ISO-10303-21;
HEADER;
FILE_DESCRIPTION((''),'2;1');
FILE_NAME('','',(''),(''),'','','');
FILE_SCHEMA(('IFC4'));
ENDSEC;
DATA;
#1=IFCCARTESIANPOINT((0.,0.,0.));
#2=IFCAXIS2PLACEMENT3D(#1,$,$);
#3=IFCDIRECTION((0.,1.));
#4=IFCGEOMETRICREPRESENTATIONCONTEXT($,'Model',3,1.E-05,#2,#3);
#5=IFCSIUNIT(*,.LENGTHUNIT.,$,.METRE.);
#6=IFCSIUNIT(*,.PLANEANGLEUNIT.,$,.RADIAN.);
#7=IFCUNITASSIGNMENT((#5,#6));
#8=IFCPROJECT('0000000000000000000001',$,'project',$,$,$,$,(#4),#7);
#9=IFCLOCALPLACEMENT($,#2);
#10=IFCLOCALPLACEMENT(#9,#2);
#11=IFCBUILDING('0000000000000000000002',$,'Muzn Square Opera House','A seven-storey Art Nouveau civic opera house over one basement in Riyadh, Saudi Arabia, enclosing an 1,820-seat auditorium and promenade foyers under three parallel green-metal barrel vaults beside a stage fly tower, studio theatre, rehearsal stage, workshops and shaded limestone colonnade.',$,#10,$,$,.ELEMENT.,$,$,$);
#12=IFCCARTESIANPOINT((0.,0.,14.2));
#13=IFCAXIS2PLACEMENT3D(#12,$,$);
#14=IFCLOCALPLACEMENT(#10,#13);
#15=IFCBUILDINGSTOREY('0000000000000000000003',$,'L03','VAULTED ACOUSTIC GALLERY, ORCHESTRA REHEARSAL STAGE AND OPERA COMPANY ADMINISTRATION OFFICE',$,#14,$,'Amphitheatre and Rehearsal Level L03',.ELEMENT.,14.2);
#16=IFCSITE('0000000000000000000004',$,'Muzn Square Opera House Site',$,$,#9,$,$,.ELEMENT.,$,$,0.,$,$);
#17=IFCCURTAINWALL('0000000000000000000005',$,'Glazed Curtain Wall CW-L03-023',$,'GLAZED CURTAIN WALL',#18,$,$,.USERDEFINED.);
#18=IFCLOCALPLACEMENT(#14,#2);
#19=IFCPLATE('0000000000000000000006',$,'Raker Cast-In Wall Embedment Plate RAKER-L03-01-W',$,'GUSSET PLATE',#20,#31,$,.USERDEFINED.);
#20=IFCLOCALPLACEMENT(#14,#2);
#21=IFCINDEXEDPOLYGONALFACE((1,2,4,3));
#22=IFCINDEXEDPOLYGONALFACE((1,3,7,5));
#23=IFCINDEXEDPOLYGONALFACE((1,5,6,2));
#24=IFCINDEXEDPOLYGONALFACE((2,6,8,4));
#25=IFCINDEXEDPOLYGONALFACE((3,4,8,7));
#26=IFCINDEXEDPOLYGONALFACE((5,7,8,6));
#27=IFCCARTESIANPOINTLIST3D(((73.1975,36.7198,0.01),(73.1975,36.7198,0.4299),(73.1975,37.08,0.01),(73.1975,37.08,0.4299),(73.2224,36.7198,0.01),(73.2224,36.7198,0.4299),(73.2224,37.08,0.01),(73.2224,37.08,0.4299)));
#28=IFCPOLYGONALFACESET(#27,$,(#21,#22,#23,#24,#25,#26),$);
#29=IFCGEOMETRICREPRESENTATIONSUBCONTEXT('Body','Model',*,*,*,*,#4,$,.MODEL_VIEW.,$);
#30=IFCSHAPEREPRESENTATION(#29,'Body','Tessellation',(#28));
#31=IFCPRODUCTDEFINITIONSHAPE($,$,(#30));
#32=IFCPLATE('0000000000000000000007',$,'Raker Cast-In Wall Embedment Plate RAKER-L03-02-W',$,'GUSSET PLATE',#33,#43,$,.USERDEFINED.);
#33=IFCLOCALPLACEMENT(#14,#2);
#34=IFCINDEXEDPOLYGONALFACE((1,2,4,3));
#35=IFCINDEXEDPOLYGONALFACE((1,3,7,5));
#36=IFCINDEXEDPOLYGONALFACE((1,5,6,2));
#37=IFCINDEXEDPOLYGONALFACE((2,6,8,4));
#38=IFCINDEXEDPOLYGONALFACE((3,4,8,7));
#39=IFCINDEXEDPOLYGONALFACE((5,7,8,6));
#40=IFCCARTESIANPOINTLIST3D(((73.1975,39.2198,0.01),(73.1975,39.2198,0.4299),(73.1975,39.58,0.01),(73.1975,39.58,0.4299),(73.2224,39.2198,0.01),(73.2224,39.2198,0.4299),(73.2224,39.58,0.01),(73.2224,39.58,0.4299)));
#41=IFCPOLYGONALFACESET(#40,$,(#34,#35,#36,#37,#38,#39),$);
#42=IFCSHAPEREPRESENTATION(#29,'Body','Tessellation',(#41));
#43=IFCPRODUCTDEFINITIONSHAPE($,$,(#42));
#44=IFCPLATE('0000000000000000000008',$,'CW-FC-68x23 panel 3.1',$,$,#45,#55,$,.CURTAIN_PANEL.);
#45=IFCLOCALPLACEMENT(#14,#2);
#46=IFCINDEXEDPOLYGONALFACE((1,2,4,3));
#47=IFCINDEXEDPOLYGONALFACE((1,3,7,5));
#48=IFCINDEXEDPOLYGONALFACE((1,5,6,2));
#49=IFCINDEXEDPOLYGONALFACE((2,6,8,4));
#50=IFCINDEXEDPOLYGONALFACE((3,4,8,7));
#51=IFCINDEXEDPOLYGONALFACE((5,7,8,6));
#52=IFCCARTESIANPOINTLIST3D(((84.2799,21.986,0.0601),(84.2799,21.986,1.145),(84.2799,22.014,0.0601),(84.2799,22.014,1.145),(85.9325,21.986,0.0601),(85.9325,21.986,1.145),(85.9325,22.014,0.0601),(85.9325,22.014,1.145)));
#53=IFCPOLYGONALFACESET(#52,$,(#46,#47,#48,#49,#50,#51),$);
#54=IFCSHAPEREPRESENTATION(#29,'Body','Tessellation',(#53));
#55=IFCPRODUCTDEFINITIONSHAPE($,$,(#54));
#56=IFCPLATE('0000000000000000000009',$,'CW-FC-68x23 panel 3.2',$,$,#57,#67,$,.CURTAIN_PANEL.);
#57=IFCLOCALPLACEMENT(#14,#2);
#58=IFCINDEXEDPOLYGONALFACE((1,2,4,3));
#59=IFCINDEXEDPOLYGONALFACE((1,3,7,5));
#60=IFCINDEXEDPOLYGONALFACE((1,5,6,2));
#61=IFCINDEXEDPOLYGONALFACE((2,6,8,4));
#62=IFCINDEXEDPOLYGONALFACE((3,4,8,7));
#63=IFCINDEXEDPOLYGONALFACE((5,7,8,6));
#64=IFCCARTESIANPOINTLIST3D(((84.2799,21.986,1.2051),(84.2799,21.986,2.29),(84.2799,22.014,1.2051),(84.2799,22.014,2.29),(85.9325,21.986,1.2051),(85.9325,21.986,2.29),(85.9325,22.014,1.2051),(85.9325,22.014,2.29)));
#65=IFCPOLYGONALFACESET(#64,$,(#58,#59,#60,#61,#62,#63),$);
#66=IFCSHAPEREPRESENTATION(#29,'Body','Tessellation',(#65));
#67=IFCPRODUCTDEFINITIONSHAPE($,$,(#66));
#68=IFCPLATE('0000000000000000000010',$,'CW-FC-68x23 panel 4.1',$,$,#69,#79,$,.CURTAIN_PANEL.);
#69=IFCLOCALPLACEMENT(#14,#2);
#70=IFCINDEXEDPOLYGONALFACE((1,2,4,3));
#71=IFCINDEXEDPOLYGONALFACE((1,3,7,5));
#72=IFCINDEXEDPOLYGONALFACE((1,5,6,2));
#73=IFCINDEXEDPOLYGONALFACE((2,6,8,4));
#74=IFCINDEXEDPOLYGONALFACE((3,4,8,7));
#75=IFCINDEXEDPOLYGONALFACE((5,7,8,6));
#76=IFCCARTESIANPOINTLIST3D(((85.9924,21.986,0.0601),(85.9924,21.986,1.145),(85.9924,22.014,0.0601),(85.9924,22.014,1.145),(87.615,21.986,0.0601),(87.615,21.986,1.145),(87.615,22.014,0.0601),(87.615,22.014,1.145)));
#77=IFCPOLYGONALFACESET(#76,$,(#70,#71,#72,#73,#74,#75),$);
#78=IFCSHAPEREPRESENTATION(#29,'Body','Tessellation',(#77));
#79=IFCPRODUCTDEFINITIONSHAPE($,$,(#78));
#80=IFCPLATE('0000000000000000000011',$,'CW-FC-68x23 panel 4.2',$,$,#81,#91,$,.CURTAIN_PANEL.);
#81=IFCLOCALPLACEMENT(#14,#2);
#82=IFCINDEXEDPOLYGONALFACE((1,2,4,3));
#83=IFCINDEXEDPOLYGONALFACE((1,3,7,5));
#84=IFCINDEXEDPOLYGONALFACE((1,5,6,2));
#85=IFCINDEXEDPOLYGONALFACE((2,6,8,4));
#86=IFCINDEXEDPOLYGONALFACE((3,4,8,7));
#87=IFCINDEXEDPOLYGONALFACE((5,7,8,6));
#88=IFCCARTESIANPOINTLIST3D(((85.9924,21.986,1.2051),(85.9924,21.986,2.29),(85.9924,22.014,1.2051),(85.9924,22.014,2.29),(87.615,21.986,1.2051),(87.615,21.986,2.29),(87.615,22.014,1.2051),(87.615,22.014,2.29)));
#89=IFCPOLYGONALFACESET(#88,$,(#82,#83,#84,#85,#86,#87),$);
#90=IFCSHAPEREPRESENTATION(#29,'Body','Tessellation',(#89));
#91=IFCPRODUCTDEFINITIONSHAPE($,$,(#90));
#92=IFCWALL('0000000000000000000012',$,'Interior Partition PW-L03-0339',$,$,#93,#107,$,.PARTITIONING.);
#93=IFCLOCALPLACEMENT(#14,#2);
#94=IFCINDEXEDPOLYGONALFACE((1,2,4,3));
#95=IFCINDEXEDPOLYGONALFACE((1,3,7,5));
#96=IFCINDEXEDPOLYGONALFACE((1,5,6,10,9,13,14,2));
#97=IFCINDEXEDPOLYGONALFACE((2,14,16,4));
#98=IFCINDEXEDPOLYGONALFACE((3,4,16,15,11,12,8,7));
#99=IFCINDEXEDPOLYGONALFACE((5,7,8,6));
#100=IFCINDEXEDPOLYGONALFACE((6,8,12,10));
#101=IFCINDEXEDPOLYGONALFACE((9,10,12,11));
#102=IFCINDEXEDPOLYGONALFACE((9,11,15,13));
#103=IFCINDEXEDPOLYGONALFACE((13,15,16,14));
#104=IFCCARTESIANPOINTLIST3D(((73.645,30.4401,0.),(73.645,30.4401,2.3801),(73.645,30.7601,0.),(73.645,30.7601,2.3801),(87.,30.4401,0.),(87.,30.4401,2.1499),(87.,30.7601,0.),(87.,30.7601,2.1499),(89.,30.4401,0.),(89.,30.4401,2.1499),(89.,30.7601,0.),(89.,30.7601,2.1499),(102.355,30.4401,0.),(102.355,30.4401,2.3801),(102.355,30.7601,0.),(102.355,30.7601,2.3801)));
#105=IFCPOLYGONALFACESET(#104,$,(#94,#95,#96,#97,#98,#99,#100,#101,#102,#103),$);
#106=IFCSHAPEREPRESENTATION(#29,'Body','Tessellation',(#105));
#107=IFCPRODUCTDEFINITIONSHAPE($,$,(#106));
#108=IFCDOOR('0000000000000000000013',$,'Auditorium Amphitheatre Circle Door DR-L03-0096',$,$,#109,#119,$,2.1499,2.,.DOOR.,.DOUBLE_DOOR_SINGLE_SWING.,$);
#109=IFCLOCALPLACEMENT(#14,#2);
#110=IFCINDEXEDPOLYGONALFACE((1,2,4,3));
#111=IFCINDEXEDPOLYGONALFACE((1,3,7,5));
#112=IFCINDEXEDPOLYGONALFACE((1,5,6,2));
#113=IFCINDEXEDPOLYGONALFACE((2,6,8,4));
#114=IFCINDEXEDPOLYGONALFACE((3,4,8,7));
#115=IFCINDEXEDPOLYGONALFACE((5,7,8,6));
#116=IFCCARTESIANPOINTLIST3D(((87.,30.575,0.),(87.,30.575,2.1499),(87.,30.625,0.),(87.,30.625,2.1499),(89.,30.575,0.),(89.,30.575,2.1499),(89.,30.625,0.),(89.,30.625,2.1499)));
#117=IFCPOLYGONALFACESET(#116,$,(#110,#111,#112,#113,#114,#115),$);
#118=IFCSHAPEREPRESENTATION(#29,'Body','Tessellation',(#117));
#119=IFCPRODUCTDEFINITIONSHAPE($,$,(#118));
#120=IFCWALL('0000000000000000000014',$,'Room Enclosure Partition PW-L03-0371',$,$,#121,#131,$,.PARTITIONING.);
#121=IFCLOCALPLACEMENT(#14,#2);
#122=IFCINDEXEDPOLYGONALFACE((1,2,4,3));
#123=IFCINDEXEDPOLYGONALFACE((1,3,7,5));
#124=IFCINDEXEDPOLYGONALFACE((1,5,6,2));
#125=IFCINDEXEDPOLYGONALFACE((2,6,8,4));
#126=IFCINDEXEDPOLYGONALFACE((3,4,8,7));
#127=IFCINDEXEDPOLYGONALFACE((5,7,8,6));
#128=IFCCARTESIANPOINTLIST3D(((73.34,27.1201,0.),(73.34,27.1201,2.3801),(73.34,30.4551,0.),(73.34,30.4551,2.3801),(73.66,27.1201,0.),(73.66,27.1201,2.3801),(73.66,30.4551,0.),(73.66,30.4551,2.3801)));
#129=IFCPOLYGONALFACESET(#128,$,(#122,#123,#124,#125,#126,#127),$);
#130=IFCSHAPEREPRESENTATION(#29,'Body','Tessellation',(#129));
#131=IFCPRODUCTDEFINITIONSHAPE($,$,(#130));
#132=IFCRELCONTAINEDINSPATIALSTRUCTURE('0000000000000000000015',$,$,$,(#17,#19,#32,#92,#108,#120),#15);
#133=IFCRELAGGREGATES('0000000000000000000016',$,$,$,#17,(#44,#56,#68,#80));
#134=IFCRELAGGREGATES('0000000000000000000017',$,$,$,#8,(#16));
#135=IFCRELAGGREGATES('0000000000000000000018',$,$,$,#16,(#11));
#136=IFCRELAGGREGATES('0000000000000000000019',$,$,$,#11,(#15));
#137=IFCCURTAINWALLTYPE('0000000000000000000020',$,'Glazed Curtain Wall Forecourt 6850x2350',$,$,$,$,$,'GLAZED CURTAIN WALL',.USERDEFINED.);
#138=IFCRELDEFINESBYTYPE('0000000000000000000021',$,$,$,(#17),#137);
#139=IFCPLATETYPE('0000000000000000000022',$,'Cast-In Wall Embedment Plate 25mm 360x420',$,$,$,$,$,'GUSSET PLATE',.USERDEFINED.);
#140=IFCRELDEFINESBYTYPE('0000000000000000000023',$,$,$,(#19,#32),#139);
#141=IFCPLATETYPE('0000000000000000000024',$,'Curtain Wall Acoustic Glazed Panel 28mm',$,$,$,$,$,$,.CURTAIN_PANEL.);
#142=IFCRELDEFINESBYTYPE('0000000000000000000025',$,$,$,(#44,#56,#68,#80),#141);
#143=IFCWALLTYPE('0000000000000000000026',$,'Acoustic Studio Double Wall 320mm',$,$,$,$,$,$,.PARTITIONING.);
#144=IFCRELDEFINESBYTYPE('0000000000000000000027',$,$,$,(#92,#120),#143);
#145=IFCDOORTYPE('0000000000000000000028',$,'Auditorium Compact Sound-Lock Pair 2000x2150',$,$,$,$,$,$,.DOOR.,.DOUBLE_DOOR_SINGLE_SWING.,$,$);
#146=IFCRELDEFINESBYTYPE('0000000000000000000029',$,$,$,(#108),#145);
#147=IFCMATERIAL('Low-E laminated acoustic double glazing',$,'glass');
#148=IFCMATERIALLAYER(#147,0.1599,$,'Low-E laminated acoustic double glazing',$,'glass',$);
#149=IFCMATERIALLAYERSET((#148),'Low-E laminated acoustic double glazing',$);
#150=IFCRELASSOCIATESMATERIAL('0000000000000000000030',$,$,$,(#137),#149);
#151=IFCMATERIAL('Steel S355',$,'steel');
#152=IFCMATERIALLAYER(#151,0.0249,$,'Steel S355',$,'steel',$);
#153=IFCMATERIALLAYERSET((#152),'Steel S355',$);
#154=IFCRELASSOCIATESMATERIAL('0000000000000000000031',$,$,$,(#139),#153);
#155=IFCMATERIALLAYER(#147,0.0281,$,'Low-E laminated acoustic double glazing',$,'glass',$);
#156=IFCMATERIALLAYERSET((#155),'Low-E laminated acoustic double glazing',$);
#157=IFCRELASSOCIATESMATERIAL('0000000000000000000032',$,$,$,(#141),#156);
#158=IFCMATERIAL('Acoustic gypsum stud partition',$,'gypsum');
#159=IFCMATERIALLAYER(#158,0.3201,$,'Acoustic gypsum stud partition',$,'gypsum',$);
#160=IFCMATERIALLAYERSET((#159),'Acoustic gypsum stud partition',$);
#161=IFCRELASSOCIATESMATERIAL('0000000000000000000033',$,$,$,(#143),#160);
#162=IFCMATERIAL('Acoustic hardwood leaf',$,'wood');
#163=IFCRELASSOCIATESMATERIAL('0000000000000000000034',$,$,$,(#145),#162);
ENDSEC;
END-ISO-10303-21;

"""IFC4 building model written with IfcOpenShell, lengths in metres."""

from ifc_helpers import new_model, si_unit, direction, frame, frame_2d, origin, origin_2d, place, context, subcontext, project, spatial, rectangle, extrude, material, layer, layer_set, type_object, element, fill, aggregate, save


model = new_model("IFC4")

# Units and contexts
model_context = context("Model", 3, precision=1e-05, world=origin(), true_north=direction((0.0, 1.0)))
body_context = subcontext(model_context, "Body", "Model", "MODEL_VIEW")
ifc_project = project(units=[si_unit("LENGTHUNIT", "METRE"), si_unit("PLANEANGLEUNIT", "RADIAN")], contexts=[model_context])

# Site, building, storey
site_placement = place(None, origin())
site = spatial("IfcSite", under=ifc_project, at=site_placement, Name="Muzn Square Opera House Site", CompositionType="ELEMENT", RefElevation=0.0)
building_placement = place(site_placement, origin())
building = spatial("IfcBuilding", under=site, at=building_placement, Name="Muzn Square Opera House", Description="A seven-storey Art Nouveau civic opera house over one basement in Riyadh, Saudi Arabia, enclosing an 1,820-seat auditorium and promenade foyers under three parallel green-metal barrel vaults beside a stage fly tower, studio theatre, rehearsal stage, workshops and shaded limestone colonnade.", CompositionType="ELEMENT")
storey_placement = place(building_placement, frame((0.0, 0.0, 14.2)))
storey = spatial("IfcBuildingStorey", under=building, at=storey_placement, Name="L03", Description="VAULTED ACOUSTIC GALLERY, ORCHESTRA REHEARSAL STAGE AND OPERA COMPANY ADMINISTRATION OFFICE", LongName="Amphitheatre and Rehearsal Level L03", CompositionType="ELEMENT", Elevation=14.2)

# Shared definitions
ifc_material_1 = material(Name="Steel S355", Category="steel")

# Curtain wall
ifc_material_2 = material(Name="Low-E laminated acoustic double glazing", Category="glass")
ifc_layer_1 = layer(ifc_material_2, 0.1599, Name="Low-E laminated acoustic double glazing", Category="glass")
ifc_layer_set_1 = layer_set([ifc_layer_1], Name="Low-E laminated acoustic double glazing")
curtain_wall_type = type_object("IfcCurtainWallType", Name="Glazed Curtain Wall Forecourt 6850x2350", ElementType="GLAZED CURTAIN WALL", PredefinedType="USERDEFINED", material=ifc_layer_set_1)
curtain_wall_placement = place(storey_placement, origin())
curtain_wall = element("IfcCurtainWall", 1, at=curtain_wall_placement, inside=storey, type_object=curtain_wall_type, Name="Glazed Curtain Wall CW-L03-023", ObjectType="GLAZED CURTAIN WALL", PredefinedType="USERDEFINED")

# Plates
ifc_layer_2 = layer(ifc_material_1, 0.0249, Name="Steel S355", Category="steel")
ifc_layer_set_2 = layer_set([ifc_layer_2], Name="Steel S355")
plate_type_1 = type_object("IfcPlateType", Name="Cast-In Wall Embedment Plate 25mm 360x420", ElementType="GUSSET PLATE", PredefinedType="USERDEFINED", material=ifc_layer_set_2)
for number, where, z_axis, x_axis, name in (
    (2, (73.21, 36.8999, 0.01), (0.0, 0.0, 1.0), (1.0, 0.0, 0.0), "Raker Cast-In Wall Embedment Plate RAKER-L03-01-W"),
    (3, (73.21, 39.3999, 0.01), (0.0, 0.0, 1.0), (1.0, 0.0, 0.0), "Raker Cast-In Wall Embedment Plate RAKER-L03-02-W"),
):
    element("IfcPlate", number, at=place(storey_placement, frame(where, z_axis=z_axis, x_axis=x_axis)), inside=storey, type_object=plate_type_1, Name=name, ObjectType="GUSSET PLATE", PredefinedType="USERDEFINED", context=body_context, shape_type="SweptSolid", body=[
        extrude(rectangle(XDim=0.0249, YDim=0.3601, at=origin_2d()), origin(), (0.0, 0.0, 1.0), 0.4199),
    ])

# Plates
ifc_layer_3 = layer(ifc_material_2, 0.0281, Name="Low-E laminated acoustic double glazing", Category="glass")
ifc_layer_set_3 = layer_set([ifc_layer_3], Name="Low-E laminated acoustic double glazing")
plate_type_2 = type_object("IfcPlateType", Name="Curtain Wall Acoustic Glazed Panel 28mm", PredefinedType="CURTAIN_PANEL", material=ifc_layer_set_3)
plate_1_placement = place(storey_placement, frame((85.1062, 22.0, 0.0601), z_axis=(0.0, 0.0, 1.0), x_axis=(1.0, 0.0, 0.0)))
plate_1 = element("IfcPlate", 4, at=plate_1_placement, type_object=plate_type_2, Name="CW-FC-68x23 panel 3.1", PredefinedType="CURTAIN_PANEL", context=body_context, shape_type="SweptSolid", body=[
    extrude(rectangle(XDim=1.6526, YDim=0.0281, at=origin_2d()), origin(), (0.0, 0.0, 1.0), 1.085),
])
plate_2_placement = place(storey_placement, frame((85.1062, 22.0, 1.2051), z_axis=(0.0, 0.0, 1.0), x_axis=(1.0, 0.0, 0.0)))
plate_2 = element("IfcPlate", 5, at=plate_2_placement, type_object=plate_type_2, Name="CW-FC-68x23 panel 3.2", PredefinedType="CURTAIN_PANEL", context=body_context, shape_type="SweptSolid", body=[
    extrude(rectangle(XDim=1.6526, YDim=0.0281, at=origin_2d()), origin(), (0.0, 0.0, 1.0), 1.085),
])
plate_3_placement = place(storey_placement, frame((86.8037, 22.0, 0.0601), z_axis=(0.0, 0.0, 1.0), x_axis=(1.0, 0.0, 0.0)))
plate_3 = element("IfcPlate", 6, at=plate_3_placement, type_object=plate_type_2, Name="CW-FC-68x23 panel 4.1", PredefinedType="CURTAIN_PANEL", context=body_context, shape_type="SweptSolid", body=[
    extrude(rectangle(XDim=1.6226, YDim=0.0281, at=origin_2d()), origin(), (0.0, 0.0, 1.0), 1.085),
])
plate_4_placement = place(storey_placement, frame((86.8037, 22.0, 1.2051), z_axis=(0.0, 0.0, 1.0), x_axis=(1.0, 0.0, 0.0)))
plate_4 = element("IfcPlate", 7, at=plate_4_placement, type_object=plate_type_2, Name="CW-FC-68x23 panel 4.2", PredefinedType="CURTAIN_PANEL", context=body_context, shape_type="SweptSolid", body=[
    extrude(rectangle(XDim=1.6226, YDim=0.0281, at=origin_2d()), origin(), (0.0, 0.0, 1.0), 1.085),
])
aggregate(curtain_wall, [plate_1, plate_2, plate_3, plate_4])

# Wall, opening, door
ifc_material_3 = material(Name="Acoustic gypsum stud partition", Category="gypsum")
ifc_layer_4 = layer(ifc_material_3, 0.3201, Name="Acoustic gypsum stud partition", Category="gypsum")
ifc_layer_set_4 = layer_set([ifc_layer_4], Name="Acoustic gypsum stud partition")
wall_type = type_object("IfcWallType", Name="Acoustic Studio Double Wall 320mm", PredefinedType="PARTITIONING", material=ifc_layer_set_4)
wall_1_placement = place(storey_placement, frame((73.645, 30.6001, 0.0), z_axis=(0.0, 0.0, 1.0), x_axis=(1.0, 0.0, 0.0)))
wall_1 = element("IfcWall", 8, at=wall_1_placement, inside=storey, type_object=wall_type, Name="Interior Partition PW-L03-0339", PredefinedType="PARTITIONING", context=body_context, shape_type="SweptSolid", body=[
    extrude(rectangle(XDim=28.71, YDim=0.3201, at=frame_2d((14.355, 0.0))), origin(), (0.0, 0.0, 1.0), 2.3801),
])
opening_placement = place(wall_1_placement, frame((13.355, 0.0, 0.0)))
opening = element("IfcOpeningElement", 9, at=opening_placement, cuts=wall_1, PredefinedType="OPENING", context=body_context, shape_type="SweptSolid", body=[
    extrude(rectangle(XDim=2.0, YDim=2.1499, at=frame_2d((1.0, 1.075))), frame((0.0, 0.1699, 0.0), z_axis=(0.0, -1.0, 0.0), x_axis=(1.0, 0.0, 0.0)), (0.0, 0.0, 1.0), 0.3401),
])
ifc_material_4 = material(Name="Acoustic hardwood leaf", Category="wood")
door_type = type_object("IfcDoorType", Name="Auditorium Compact Sound-Lock Pair 2000x2150", OperationType="DOUBLE_DOOR_SINGLE_SWING", PredefinedType="DOOR", material=ifc_material_4)
door_placement = place(opening_placement, origin())
door = element("IfcDoor", 10, at=door_placement, inside=storey, type_object=door_type, Name="Auditorium Amphitheatre Circle Door DR-L03-0096", OperationType="DOUBLE_DOOR_SINGLE_SWING", OverallHeight=2.1499, OverallWidth=2.0, PredefinedType="DOOR", context=body_context, shape_type="SweptSolid", body=[
    extrude(rectangle(XDim=2.0, YDim=2.1499, at=frame_2d((1.0, 1.075))), frame((0.0, 0.0249, 0.0), z_axis=(0.0, -1.0, 0.0), x_axis=(1.0, 0.0, 0.0)), (0.0, 0.0, 1.0), 0.05),
])
fill(opening, door)

# Wall
wall_2_placement = place(storey_placement, frame((73.5, 27.1201, 0.0), z_axis=(0.0, 0.0, 1.0), x_axis=(0.0, 1.0, 0.0)))
element("IfcWall", 11, at=wall_2_placement, inside=storey, type_object=wall_type, Name="Room Enclosure Partition PW-L03-0371", PredefinedType="PARTITIONING", context=body_context, shape_type="SweptSolid", body=[
    extrude(rectangle(XDim=3.335, YDim=0.3201, at=frame_2d((1.6675, 0.0))), origin(), (0.0, 0.0, 1.0), 2.3801),
])

save(model, "model.ifc")
